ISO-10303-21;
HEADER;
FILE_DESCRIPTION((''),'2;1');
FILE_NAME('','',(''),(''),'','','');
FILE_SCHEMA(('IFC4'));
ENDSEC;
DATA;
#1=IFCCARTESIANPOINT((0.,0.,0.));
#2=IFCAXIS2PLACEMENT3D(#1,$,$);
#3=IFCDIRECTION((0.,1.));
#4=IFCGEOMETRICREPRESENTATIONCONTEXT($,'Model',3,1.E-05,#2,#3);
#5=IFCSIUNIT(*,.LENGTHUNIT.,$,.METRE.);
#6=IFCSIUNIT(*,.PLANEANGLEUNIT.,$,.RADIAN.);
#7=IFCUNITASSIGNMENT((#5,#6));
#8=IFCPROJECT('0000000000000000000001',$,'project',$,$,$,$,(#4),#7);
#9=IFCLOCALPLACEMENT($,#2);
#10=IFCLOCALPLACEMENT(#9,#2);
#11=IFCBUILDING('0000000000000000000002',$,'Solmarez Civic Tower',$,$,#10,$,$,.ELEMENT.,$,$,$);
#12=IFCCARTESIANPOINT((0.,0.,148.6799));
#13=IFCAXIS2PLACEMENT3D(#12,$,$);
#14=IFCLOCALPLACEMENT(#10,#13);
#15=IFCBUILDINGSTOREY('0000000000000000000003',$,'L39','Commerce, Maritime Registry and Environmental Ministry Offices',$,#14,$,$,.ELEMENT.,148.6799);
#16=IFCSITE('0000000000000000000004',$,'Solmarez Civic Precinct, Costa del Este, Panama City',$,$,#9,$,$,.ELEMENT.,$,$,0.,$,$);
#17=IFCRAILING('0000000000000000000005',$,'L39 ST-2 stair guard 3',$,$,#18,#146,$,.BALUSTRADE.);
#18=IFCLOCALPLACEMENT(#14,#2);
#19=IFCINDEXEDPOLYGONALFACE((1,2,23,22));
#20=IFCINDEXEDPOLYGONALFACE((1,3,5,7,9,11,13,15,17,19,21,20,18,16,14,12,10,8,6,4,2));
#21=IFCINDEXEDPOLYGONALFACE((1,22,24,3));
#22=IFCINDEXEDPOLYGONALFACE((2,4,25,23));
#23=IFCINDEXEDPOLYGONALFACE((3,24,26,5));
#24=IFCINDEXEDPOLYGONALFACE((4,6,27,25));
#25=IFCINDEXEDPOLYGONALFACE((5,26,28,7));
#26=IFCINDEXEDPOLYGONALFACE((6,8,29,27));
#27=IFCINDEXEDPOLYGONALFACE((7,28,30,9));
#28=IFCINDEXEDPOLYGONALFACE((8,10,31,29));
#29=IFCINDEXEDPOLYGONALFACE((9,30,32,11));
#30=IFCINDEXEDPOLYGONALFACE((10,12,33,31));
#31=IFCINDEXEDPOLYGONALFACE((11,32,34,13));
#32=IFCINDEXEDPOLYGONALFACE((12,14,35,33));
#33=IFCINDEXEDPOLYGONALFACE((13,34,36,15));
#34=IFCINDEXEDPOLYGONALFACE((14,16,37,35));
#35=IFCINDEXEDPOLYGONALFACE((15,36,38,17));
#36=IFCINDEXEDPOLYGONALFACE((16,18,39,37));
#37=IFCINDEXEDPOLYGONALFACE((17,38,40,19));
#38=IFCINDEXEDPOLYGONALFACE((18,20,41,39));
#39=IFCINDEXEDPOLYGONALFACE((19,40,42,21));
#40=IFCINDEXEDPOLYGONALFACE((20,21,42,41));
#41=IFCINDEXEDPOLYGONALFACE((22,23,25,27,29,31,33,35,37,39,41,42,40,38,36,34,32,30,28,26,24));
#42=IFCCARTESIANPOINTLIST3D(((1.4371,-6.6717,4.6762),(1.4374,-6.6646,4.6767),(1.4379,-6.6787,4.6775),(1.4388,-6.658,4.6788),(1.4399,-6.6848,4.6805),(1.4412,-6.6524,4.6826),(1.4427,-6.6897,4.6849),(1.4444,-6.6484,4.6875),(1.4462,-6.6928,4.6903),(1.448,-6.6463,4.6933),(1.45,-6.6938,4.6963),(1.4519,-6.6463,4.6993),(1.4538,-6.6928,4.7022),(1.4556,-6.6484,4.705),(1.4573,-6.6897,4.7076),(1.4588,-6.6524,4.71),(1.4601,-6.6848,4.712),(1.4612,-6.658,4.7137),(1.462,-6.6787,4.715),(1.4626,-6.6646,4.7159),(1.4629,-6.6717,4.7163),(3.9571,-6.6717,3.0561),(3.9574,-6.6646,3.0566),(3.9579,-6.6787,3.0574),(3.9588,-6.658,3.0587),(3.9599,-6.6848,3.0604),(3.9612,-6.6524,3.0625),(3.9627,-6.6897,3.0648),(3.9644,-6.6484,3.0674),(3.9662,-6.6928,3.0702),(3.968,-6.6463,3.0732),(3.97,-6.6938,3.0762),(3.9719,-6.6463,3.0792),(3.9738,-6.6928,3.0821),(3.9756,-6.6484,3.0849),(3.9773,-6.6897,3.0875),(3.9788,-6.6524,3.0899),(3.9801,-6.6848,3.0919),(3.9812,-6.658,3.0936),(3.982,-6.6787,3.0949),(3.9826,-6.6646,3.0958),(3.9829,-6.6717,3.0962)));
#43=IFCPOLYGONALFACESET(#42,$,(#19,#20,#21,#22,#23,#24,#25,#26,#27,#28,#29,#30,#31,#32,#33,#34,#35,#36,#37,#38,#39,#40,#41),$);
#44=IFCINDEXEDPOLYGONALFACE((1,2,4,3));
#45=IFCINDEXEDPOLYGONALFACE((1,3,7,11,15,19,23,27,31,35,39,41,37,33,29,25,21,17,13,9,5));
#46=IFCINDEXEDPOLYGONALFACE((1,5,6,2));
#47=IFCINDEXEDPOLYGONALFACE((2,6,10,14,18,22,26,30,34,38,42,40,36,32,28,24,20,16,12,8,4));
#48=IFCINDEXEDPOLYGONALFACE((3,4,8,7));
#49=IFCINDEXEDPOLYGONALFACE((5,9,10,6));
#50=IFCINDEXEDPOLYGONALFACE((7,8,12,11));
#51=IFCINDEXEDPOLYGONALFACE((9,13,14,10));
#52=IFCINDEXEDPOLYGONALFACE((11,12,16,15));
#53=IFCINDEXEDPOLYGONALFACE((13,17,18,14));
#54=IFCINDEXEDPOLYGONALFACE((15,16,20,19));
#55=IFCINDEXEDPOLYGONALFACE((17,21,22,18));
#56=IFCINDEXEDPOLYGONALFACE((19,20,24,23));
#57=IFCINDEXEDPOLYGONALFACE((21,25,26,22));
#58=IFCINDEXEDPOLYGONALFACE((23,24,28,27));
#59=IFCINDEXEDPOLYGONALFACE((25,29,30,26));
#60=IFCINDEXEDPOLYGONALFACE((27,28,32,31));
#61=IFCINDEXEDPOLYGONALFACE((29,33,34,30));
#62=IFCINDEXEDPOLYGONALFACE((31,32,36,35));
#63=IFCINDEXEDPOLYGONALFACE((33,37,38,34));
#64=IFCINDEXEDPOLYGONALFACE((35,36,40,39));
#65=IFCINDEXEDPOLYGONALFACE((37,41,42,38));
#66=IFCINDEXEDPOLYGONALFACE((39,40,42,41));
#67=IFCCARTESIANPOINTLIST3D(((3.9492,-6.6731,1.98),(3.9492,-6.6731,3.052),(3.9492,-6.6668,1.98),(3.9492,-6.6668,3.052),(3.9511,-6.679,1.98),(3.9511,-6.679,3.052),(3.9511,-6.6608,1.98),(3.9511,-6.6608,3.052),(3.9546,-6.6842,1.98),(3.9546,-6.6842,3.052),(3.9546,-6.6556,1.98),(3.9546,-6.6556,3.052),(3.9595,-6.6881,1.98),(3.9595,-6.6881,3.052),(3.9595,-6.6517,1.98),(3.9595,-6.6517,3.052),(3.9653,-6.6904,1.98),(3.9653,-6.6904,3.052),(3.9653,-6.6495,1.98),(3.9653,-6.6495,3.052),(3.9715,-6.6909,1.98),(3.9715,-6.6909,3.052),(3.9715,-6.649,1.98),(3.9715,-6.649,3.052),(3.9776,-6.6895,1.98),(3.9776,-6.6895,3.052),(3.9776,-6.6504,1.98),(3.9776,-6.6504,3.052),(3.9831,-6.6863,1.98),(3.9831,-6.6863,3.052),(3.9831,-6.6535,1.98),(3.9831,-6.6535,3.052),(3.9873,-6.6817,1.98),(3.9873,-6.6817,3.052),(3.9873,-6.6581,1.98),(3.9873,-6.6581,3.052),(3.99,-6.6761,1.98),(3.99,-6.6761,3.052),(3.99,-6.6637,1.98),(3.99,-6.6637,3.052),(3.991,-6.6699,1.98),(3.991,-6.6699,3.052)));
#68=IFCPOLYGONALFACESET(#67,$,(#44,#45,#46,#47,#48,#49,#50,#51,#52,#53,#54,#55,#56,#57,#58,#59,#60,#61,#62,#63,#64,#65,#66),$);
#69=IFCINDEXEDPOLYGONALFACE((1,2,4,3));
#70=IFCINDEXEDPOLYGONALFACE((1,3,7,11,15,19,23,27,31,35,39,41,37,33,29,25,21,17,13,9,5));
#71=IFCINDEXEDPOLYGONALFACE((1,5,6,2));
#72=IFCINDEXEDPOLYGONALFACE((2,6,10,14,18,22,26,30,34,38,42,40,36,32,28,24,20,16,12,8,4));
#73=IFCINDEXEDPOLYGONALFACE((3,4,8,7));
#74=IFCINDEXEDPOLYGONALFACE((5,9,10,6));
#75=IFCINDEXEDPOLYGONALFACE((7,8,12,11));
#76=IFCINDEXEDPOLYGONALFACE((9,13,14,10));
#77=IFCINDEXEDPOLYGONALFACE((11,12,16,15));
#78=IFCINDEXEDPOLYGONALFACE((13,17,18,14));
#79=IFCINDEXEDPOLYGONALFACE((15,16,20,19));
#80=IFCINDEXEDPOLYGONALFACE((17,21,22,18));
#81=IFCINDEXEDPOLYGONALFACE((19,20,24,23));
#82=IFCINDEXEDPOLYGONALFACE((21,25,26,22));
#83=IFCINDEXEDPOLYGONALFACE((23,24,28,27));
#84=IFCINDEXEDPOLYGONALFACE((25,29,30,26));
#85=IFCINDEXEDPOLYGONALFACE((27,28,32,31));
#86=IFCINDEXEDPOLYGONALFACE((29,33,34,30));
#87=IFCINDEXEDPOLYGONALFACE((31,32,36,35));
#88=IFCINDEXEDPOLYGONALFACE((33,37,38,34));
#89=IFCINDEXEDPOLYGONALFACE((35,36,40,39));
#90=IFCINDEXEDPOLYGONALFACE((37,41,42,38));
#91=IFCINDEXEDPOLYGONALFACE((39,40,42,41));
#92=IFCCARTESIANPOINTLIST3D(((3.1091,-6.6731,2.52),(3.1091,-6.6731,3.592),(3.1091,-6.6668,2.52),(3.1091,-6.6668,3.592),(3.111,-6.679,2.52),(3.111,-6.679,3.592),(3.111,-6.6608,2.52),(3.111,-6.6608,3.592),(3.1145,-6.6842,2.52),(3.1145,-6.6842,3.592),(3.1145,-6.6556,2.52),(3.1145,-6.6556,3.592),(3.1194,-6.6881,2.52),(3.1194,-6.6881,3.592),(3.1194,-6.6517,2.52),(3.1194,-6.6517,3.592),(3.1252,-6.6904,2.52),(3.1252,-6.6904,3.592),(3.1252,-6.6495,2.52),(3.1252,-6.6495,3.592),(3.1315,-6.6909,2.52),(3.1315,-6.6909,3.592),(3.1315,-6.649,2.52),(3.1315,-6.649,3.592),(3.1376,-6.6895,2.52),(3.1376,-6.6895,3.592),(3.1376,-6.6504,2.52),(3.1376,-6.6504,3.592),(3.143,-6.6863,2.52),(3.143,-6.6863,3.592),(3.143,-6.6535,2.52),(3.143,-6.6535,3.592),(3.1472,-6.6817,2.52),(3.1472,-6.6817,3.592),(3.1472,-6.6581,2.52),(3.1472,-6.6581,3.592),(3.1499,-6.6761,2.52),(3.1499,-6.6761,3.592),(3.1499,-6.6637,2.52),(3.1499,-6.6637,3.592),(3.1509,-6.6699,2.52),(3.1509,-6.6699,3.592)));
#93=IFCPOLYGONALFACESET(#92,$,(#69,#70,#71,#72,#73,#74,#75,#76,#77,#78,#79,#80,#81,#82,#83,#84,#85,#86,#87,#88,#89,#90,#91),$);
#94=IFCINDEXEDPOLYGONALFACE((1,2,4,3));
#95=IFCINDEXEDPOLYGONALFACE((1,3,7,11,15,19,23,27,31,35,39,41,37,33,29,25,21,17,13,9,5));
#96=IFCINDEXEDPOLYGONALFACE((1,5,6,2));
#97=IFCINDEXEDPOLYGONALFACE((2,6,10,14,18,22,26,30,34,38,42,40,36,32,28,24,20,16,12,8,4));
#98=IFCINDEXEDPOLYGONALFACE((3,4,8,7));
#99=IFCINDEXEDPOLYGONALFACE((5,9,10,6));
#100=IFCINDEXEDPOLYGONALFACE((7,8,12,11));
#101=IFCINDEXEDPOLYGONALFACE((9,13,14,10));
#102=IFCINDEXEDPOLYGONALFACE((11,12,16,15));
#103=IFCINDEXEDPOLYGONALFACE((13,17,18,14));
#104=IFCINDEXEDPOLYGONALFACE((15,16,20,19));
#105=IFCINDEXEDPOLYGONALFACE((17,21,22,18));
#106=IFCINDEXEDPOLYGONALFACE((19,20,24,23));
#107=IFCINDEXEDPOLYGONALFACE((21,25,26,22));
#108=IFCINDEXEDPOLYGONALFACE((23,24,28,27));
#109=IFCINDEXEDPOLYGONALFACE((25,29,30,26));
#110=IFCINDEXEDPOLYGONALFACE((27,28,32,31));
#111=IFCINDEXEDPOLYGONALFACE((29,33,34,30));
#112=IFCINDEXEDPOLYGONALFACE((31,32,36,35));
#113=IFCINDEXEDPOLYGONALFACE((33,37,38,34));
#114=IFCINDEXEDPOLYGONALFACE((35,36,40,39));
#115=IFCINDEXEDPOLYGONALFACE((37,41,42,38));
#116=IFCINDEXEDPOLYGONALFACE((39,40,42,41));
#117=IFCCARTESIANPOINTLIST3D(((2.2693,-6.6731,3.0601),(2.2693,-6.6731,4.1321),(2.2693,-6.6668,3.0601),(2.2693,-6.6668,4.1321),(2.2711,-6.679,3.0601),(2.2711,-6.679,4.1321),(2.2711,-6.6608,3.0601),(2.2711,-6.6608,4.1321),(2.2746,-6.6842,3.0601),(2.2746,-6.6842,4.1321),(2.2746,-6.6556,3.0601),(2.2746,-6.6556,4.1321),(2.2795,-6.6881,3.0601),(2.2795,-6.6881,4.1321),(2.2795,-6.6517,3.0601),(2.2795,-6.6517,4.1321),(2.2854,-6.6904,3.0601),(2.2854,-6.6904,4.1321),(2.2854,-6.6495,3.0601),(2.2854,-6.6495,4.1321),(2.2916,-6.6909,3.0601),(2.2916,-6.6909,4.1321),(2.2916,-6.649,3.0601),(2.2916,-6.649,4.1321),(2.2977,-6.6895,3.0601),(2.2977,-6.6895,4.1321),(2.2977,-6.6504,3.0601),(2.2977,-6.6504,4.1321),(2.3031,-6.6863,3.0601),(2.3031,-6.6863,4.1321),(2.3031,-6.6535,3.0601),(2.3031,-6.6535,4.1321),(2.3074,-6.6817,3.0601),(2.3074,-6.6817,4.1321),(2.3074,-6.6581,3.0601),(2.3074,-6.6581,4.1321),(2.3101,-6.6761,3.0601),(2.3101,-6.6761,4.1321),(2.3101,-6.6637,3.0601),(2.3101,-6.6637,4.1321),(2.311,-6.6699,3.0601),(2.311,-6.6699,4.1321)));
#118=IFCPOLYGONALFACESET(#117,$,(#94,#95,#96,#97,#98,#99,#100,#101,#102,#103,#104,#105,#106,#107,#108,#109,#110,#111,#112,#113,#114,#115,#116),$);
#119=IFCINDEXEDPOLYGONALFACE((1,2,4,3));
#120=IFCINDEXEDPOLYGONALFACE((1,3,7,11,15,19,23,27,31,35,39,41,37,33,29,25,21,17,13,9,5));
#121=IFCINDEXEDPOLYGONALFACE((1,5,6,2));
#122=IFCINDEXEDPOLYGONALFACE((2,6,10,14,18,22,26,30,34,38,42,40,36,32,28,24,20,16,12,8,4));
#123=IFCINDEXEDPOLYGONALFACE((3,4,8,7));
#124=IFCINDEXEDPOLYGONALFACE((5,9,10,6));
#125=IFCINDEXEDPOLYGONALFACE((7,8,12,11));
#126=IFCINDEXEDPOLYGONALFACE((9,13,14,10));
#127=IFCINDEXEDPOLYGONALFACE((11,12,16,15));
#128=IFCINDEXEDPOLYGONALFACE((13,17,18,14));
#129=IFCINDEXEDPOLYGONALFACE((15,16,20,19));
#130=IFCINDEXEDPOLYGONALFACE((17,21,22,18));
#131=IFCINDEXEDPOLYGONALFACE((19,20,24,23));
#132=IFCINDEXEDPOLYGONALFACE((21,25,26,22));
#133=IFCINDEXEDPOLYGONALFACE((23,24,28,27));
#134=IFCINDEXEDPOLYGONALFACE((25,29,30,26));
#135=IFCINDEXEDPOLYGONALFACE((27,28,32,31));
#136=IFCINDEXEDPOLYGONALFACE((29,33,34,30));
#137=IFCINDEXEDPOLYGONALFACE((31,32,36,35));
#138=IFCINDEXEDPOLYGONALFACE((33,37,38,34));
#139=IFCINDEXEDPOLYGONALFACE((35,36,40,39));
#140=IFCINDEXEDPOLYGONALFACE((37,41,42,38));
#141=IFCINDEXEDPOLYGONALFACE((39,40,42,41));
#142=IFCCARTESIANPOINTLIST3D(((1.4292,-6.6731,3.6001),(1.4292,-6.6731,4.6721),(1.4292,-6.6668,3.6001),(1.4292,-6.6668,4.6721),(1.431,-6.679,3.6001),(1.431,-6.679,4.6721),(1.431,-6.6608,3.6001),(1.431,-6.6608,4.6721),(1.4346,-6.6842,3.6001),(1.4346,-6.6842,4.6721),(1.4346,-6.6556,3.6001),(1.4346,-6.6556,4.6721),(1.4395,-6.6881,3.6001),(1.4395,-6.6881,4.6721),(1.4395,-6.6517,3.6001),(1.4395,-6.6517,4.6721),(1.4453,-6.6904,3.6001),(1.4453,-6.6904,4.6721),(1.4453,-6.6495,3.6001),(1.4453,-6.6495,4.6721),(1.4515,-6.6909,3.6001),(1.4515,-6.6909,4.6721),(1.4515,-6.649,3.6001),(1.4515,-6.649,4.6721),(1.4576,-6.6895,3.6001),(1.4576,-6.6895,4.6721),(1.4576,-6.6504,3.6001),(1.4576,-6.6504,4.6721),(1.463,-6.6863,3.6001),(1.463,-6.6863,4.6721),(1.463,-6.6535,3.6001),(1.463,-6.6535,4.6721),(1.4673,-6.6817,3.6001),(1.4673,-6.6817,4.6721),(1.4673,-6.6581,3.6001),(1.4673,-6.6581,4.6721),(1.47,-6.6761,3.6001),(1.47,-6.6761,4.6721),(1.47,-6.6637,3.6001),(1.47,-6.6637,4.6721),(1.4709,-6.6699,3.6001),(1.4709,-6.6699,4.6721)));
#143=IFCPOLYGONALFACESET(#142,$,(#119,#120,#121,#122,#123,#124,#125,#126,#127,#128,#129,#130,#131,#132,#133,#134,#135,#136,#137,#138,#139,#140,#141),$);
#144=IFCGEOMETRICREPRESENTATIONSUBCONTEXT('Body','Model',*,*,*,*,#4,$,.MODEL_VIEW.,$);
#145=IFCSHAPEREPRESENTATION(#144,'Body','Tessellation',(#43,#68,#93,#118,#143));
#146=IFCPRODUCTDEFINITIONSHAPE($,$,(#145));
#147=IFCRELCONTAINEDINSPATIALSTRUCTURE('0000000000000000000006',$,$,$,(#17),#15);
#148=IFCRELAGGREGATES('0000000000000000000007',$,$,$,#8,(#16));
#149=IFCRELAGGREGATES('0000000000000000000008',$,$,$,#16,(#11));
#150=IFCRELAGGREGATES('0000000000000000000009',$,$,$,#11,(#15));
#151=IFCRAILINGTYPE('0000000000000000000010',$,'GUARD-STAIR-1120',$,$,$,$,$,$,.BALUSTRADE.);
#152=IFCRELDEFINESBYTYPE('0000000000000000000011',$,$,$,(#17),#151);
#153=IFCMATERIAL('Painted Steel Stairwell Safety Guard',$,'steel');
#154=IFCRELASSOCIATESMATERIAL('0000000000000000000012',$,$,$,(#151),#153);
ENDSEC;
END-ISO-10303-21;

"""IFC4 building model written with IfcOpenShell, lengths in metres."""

from ifc_helpers import new_model, si_unit, direction, frame, origin, origin_2d, place, context, subcontext, project, spatial, circle, extrude, material, type_object, element, save


model = new_model("IFC4")

# Units and contexts
model_context = context("Model", 3, precision=1e-05, world=origin(), true_north=direction((0.0, 1.0)))
body_context = subcontext(model_context, "Body", "Model", "MODEL_VIEW")
ifc_project = project(units=[si_unit("LENGTHUNIT", "METRE"), si_unit("PLANEANGLEUNIT", "RADIAN")], contexts=[model_context])

# Site, building, storey
site_placement = place(None, origin())
site = spatial("IfcSite", under=ifc_project, at=site_placement, Name="Solmarez Civic Precinct, Costa del Este, Panama City", CompositionType="ELEMENT", RefElevation=0.0)
building_placement = place(site_placement, origin())
building = spatial("IfcBuilding", under=site, at=building_placement, Name="Solmarez Civic Tower", CompositionType="ELEMENT")
storey_placement = place(building_placement, frame((0.0, 0.0, 148.6799)))
storey = spatial("IfcBuildingStorey", under=building, at=storey_placement, Name="L39", Description="Commerce, Maritime Registry and Environmental Ministry Offices", CompositionType="ELEMENT", Elevation=148.6799)

# Railing
ifc_material_1 = material(Name="Painted Steel Stairwell Safety Guard", Category="steel")
railing_type_1 = type_object("IfcRailingType", Name="GUARD-STAIR-1120", PredefinedType="BALUSTRADE", material=ifc_material_1)
railing_1_placement = place(storey_placement, frame((3.97, -6.6699, 1.98)))
element("IfcRailing", 1, at=railing_1_placement, inside=storey, type_object=railing_type_1, Name="L39 ST-2 stair guard 3", PredefinedType="BALUSTRADE", context=body_context, shape_type="SweptSolid", body=[
    extrude(circle(Radius=0.0239, at=origin_2d()), frame((0.0, 0.0, 1.0962), z_axis=(-0.841163, 0.0, 0.540782), x_axis=(0.0, -1.0, 0.0)), (0.0, 0.0, 1.0), 2.9958),
    extrude(circle(Radius=0.021, at=origin_2d()), origin(), (0.0, 0.0, 1.0), 1.072),
    extrude(circle(Radius=0.021, at=origin_2d()), frame((-0.8401, 0.0, 0.54)), (0.0, 0.0, 1.0), 1.072),
    extrude(circle(Radius=0.021, at=origin_2d()), frame((-1.6799, 0.0, 1.0801)), (0.0, 0.0, 1.0), 1.072),
    extrude(circle(Radius=0.021, at=origin_2d()), frame((-2.52, 0.0, 1.6201)), (0.0, 0.0, 1.0), 1.072),
])

save(model, "model.ifc")
